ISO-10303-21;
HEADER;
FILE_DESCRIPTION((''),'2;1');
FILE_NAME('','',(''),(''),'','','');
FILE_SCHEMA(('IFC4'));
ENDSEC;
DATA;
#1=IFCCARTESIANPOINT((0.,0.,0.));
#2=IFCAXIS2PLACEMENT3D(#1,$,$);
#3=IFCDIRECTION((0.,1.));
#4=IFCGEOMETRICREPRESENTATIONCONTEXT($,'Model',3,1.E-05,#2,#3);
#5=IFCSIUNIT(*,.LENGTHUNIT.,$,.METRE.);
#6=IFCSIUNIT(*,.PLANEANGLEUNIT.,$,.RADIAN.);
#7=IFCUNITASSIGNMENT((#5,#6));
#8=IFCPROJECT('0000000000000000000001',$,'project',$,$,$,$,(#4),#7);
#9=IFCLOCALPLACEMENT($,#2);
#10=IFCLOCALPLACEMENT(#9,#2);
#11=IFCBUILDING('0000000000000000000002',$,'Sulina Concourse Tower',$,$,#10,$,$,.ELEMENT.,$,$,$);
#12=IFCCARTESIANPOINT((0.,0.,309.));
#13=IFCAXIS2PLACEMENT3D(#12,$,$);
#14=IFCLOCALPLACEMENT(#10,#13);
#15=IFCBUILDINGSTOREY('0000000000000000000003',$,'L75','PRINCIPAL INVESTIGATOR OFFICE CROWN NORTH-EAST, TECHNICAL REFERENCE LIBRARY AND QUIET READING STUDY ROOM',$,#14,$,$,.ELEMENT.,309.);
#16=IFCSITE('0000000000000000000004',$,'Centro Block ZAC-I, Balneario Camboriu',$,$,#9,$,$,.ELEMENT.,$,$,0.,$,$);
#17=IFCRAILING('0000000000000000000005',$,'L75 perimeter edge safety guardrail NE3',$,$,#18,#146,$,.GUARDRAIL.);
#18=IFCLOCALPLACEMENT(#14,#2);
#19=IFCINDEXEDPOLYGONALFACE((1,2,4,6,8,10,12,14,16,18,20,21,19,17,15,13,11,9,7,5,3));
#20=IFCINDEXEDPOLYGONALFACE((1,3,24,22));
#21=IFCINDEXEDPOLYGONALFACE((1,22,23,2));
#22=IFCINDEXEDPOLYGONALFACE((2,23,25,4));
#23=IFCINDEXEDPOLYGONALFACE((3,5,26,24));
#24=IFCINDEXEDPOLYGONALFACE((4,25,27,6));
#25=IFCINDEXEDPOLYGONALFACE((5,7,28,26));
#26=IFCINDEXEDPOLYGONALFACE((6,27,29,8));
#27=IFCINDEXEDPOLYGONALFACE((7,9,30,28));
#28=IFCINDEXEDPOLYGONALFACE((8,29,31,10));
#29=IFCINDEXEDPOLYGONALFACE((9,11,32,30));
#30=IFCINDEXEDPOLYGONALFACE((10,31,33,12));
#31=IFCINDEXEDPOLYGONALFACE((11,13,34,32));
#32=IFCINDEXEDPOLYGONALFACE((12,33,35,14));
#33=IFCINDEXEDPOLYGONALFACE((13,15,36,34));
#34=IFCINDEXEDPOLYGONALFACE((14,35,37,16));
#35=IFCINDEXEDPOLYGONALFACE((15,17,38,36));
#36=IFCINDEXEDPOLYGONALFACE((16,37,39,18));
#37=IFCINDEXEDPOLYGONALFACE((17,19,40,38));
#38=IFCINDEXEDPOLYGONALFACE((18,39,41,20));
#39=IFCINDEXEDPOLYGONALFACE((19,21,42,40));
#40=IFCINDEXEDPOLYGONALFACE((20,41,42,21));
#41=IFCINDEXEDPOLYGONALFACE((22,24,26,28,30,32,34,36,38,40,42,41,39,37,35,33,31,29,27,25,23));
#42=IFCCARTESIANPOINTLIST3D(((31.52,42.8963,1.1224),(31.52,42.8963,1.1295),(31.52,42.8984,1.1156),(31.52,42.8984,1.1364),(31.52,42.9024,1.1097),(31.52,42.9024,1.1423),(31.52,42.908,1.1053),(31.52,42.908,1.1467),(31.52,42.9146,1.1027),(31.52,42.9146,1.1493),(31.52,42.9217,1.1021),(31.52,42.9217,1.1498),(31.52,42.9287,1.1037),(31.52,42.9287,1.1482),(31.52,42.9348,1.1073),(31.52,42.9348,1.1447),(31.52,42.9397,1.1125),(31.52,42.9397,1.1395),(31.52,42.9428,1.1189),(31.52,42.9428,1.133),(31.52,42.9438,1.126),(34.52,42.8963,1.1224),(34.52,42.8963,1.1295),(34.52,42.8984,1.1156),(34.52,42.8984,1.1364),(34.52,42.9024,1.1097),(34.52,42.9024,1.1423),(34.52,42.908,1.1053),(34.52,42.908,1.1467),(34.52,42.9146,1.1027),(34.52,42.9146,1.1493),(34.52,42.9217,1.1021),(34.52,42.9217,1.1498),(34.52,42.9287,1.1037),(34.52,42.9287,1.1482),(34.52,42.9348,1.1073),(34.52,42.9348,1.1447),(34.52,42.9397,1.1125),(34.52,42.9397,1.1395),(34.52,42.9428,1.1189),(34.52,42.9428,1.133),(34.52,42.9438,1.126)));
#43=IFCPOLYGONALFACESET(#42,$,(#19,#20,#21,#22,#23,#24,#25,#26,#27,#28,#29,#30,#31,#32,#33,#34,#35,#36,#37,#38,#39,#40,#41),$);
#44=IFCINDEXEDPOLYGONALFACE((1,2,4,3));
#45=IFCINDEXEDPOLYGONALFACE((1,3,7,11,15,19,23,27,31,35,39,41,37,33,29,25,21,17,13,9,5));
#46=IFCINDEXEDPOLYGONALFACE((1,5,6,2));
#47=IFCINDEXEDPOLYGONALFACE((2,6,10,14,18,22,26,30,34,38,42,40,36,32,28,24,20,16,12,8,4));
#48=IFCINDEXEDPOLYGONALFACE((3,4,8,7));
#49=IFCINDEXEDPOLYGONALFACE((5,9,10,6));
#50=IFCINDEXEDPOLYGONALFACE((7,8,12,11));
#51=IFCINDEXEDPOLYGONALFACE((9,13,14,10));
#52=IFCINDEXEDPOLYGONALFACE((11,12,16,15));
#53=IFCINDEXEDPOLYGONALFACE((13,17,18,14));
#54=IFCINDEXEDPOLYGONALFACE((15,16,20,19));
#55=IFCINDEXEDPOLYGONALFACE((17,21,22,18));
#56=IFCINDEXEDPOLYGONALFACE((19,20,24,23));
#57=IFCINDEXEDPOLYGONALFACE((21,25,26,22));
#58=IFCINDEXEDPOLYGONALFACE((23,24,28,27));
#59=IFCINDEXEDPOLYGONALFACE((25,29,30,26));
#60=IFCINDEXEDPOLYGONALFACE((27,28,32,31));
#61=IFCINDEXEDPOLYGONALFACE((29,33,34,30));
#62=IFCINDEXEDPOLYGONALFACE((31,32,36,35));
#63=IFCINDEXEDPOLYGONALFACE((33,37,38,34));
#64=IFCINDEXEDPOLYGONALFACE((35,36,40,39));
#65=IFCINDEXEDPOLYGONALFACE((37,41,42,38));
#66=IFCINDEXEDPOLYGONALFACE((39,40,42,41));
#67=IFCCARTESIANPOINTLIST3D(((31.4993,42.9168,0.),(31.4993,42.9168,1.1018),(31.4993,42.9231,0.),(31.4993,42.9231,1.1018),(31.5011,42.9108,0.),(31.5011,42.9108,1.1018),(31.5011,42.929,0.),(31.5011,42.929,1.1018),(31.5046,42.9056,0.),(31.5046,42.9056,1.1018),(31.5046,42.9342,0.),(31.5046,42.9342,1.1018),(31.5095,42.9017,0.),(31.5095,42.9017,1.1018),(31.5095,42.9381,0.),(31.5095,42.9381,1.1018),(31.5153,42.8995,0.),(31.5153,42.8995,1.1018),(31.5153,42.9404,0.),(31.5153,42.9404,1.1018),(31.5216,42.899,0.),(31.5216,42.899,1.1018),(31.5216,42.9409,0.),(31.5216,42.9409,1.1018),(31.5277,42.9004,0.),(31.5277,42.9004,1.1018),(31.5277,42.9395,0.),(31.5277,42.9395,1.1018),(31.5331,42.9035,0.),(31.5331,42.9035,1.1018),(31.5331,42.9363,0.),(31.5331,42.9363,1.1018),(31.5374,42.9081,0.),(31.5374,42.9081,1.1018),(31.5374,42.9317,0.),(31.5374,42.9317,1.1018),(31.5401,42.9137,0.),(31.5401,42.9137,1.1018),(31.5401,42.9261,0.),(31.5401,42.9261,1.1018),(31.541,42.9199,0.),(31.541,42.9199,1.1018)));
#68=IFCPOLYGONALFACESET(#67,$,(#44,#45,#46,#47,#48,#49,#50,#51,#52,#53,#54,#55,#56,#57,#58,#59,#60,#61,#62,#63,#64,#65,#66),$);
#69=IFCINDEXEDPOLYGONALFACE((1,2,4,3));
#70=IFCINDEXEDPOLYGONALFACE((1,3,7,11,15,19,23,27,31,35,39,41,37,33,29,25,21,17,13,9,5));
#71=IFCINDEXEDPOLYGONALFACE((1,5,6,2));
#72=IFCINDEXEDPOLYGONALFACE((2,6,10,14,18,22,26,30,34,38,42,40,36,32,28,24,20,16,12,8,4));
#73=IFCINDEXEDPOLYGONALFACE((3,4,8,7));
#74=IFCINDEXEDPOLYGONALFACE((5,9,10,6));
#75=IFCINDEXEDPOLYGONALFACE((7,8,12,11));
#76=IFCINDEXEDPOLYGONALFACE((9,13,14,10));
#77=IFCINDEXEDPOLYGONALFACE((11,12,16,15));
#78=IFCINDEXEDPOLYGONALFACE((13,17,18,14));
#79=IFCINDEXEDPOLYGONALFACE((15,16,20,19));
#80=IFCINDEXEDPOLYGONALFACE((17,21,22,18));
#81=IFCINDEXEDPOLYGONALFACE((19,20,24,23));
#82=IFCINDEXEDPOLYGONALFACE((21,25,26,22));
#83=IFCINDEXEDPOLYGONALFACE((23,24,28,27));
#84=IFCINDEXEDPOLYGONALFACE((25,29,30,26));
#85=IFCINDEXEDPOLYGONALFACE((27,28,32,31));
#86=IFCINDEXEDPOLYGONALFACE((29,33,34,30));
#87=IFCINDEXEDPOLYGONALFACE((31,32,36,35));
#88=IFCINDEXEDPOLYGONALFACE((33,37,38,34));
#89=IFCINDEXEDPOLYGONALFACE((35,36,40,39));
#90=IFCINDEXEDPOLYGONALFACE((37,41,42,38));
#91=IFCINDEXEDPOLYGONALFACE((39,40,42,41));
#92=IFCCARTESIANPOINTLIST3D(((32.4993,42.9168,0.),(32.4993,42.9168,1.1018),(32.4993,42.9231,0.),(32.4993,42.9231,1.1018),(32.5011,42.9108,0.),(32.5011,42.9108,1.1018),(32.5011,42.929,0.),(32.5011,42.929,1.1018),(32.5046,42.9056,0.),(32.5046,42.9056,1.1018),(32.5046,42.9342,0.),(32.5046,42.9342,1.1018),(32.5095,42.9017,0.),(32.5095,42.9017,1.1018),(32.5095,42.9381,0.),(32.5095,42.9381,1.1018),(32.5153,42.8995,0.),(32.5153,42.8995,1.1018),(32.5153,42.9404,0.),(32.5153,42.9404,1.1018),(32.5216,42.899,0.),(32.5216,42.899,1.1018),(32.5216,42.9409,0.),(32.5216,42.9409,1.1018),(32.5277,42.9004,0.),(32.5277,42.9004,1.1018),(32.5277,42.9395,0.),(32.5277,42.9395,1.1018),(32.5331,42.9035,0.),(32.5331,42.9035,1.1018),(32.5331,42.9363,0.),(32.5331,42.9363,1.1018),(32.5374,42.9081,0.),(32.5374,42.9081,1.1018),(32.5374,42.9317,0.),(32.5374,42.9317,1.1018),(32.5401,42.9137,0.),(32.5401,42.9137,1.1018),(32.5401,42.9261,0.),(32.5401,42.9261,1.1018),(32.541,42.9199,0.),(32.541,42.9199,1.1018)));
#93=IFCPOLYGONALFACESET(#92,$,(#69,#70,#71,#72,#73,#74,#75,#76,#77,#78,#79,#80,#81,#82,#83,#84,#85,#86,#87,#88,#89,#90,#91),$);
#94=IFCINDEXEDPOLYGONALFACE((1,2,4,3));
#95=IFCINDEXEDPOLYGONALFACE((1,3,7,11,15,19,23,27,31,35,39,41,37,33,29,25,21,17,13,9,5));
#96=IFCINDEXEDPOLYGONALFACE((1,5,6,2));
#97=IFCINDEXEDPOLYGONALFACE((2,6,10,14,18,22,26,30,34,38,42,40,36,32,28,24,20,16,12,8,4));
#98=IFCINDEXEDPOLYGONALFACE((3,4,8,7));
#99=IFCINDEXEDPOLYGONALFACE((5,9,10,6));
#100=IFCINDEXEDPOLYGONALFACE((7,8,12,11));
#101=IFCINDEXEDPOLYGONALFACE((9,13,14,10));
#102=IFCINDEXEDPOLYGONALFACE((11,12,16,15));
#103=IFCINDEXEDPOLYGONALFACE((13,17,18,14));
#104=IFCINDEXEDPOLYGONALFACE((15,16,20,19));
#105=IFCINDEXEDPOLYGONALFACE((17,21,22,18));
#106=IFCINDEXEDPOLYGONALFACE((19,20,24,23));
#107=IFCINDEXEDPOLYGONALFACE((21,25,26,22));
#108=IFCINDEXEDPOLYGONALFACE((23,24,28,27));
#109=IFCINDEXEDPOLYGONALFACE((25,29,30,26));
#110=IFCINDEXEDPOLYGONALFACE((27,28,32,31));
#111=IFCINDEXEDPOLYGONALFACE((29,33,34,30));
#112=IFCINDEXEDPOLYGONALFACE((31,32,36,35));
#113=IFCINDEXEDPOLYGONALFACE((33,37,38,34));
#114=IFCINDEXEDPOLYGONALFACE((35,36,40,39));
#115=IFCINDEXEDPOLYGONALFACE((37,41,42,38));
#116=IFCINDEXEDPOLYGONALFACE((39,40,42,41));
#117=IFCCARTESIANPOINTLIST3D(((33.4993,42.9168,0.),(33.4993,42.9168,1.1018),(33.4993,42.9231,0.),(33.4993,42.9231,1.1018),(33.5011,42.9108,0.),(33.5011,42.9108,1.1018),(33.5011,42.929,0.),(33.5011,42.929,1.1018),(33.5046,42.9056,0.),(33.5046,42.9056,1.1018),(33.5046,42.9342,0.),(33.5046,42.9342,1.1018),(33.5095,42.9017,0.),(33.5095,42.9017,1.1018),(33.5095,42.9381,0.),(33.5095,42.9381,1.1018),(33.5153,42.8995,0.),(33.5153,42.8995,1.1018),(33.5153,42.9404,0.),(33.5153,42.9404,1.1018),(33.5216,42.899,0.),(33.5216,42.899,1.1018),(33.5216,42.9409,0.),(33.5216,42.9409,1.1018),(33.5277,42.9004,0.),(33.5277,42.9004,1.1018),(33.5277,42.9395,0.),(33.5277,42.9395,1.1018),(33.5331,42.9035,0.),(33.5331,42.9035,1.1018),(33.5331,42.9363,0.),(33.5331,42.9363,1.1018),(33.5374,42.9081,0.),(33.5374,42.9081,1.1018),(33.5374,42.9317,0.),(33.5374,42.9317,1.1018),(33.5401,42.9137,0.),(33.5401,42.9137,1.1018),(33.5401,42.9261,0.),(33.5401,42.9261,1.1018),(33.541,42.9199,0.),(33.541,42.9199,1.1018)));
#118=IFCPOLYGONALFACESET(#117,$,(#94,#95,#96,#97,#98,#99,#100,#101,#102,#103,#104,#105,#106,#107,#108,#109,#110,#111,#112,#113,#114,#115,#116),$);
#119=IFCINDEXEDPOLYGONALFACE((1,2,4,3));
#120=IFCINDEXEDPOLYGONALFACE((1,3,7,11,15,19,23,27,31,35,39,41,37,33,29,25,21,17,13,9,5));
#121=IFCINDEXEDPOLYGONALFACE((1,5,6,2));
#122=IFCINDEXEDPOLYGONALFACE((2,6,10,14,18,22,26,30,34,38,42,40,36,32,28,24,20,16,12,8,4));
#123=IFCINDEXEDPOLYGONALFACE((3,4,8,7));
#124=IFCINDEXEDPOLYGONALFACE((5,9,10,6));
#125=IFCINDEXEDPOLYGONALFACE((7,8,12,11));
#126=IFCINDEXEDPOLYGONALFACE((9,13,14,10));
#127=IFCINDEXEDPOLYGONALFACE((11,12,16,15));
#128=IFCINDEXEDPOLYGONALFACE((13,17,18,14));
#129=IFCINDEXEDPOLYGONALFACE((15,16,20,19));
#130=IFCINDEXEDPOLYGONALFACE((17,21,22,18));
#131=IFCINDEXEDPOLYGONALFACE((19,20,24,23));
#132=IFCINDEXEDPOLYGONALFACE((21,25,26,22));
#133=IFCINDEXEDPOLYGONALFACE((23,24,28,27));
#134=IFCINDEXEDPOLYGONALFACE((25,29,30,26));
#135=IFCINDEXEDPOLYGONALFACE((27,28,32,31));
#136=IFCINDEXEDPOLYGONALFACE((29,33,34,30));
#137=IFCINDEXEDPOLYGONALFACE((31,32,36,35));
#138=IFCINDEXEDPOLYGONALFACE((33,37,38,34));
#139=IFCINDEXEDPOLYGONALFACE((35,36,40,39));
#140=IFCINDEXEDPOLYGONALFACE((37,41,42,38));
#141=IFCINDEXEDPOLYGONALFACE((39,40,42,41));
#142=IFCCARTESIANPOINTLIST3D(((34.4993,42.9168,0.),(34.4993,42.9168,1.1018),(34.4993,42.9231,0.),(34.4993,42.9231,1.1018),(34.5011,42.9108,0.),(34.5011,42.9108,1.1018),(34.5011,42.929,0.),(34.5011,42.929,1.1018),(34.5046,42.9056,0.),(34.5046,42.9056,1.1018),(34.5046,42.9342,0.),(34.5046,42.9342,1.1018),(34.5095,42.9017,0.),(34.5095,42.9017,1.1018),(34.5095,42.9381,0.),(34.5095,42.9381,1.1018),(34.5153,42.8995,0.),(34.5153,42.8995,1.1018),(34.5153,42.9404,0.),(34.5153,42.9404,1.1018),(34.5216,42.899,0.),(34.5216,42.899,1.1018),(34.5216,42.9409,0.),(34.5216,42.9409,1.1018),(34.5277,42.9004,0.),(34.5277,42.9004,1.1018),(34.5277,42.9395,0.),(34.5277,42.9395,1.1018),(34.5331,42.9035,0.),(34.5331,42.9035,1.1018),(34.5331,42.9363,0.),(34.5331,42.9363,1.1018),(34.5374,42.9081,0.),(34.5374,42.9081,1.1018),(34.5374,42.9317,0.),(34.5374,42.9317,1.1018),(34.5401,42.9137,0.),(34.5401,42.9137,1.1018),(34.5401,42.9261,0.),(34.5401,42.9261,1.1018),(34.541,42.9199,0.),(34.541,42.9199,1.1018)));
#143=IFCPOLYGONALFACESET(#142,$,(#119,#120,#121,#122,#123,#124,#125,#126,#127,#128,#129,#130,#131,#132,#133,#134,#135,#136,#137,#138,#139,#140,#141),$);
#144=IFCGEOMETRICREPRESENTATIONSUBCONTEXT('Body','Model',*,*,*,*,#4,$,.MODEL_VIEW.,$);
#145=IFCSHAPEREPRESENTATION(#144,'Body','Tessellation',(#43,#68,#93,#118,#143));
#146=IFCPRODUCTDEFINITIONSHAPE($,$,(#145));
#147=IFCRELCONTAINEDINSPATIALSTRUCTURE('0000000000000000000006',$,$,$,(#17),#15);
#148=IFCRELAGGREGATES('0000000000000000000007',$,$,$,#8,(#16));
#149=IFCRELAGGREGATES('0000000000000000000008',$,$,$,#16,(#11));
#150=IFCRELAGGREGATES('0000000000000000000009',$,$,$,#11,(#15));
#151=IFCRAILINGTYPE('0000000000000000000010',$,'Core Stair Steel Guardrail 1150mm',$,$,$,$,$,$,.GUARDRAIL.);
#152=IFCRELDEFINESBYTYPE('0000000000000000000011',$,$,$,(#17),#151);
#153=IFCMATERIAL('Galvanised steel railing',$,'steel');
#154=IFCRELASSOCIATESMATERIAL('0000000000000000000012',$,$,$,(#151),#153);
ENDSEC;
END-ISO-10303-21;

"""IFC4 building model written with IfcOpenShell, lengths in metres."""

from ifc_helpers import new_model, si_unit, direction, frame, origin, origin_2d, place, context, subcontext, project, spatial, circle, extrude, material, type_object, element, save


model = new_model("IFC4")

# Units and contexts
model_context = context("Model", 3, precision=1e-05, world=origin(), true_north=direction((0.0, 1.0)))
body_context = subcontext(model_context, "Body", "Model", "MODEL_VIEW")
ifc_project = project(units=[si_unit("LENGTHUNIT", "METRE"), si_unit("PLANEANGLEUNIT", "RADIAN")], contexts=[model_context])

# Site, building, storey
site_placement = place(None, origin())
site = spatial("IfcSite", under=ifc_project, at=site_placement, Name="Centro Block ZAC-I, Balneario Camboriu", CompositionType="ELEMENT", RefElevation=0.0)
building_placement = place(site_placement, origin())
building = spatial("IfcBuilding", under=site, at=building_placement, Name="Sulina Concourse Tower", CompositionType="ELEMENT")
storey_placement = place(building_placement, frame((0.0, 0.0, 309.0)))
storey = spatial("IfcBuildingStorey", under=building, at=storey_placement, Name="L75", Description="PRINCIPAL INVESTIGATOR OFFICE CROWN NORTH-EAST, TECHNICAL REFERENCE LIBRARY AND QUIET READING STUDY ROOM", CompositionType="ELEMENT", Elevation=309.0)

# Railing
ifc_material_1 = material(Name="Galvanised steel railing", Category="steel")
railing_type = type_object("IfcRailingType", Name="Core Stair Steel Guardrail 1150mm", PredefinedType="GUARDRAIL", material=ifc_material_1)
railing_1_placement = place(storey_placement, frame((31.52, 42.9199, 0.0)))
element("IfcRailing", 1, at=railing_1_placement, inside=storey, type_object=railing_type, Name="L75 perimeter edge safety guardrail NE3", PredefinedType="GUARDRAIL", context=body_context, shape_type="SweptSolid", body=[
    extrude(circle(Radius=0.0239, at=origin_2d()), frame((0.0, 0.0, 1.126), z_axis=(1.0, 0.0, 0.0), x_axis=(0.0, 1.0, 0.0)), (0.0, 0.0, 1.0), 3.0),
    extrude(circle(Radius=0.021, at=origin_2d()), origin(), (0.0, 0.0, 1.0), 1.1018),
    extrude(circle(Radius=0.021, at=origin_2d()), frame((1.0, 0.0, 0.0)), (0.0, 0.0, 1.0), 1.1018),
    extrude(circle(Radius=0.021, at=origin_2d()), frame((2.0, 0.0, 0.0)), (0.0, 0.0, 1.0), 1.1018),
    extrude(circle(Radius=0.021, at=origin_2d()), frame((3.0, 0.0, 0.0)), (0.0, 0.0, 1.0), 1.1018),
])

save(model, "model.ifc")
